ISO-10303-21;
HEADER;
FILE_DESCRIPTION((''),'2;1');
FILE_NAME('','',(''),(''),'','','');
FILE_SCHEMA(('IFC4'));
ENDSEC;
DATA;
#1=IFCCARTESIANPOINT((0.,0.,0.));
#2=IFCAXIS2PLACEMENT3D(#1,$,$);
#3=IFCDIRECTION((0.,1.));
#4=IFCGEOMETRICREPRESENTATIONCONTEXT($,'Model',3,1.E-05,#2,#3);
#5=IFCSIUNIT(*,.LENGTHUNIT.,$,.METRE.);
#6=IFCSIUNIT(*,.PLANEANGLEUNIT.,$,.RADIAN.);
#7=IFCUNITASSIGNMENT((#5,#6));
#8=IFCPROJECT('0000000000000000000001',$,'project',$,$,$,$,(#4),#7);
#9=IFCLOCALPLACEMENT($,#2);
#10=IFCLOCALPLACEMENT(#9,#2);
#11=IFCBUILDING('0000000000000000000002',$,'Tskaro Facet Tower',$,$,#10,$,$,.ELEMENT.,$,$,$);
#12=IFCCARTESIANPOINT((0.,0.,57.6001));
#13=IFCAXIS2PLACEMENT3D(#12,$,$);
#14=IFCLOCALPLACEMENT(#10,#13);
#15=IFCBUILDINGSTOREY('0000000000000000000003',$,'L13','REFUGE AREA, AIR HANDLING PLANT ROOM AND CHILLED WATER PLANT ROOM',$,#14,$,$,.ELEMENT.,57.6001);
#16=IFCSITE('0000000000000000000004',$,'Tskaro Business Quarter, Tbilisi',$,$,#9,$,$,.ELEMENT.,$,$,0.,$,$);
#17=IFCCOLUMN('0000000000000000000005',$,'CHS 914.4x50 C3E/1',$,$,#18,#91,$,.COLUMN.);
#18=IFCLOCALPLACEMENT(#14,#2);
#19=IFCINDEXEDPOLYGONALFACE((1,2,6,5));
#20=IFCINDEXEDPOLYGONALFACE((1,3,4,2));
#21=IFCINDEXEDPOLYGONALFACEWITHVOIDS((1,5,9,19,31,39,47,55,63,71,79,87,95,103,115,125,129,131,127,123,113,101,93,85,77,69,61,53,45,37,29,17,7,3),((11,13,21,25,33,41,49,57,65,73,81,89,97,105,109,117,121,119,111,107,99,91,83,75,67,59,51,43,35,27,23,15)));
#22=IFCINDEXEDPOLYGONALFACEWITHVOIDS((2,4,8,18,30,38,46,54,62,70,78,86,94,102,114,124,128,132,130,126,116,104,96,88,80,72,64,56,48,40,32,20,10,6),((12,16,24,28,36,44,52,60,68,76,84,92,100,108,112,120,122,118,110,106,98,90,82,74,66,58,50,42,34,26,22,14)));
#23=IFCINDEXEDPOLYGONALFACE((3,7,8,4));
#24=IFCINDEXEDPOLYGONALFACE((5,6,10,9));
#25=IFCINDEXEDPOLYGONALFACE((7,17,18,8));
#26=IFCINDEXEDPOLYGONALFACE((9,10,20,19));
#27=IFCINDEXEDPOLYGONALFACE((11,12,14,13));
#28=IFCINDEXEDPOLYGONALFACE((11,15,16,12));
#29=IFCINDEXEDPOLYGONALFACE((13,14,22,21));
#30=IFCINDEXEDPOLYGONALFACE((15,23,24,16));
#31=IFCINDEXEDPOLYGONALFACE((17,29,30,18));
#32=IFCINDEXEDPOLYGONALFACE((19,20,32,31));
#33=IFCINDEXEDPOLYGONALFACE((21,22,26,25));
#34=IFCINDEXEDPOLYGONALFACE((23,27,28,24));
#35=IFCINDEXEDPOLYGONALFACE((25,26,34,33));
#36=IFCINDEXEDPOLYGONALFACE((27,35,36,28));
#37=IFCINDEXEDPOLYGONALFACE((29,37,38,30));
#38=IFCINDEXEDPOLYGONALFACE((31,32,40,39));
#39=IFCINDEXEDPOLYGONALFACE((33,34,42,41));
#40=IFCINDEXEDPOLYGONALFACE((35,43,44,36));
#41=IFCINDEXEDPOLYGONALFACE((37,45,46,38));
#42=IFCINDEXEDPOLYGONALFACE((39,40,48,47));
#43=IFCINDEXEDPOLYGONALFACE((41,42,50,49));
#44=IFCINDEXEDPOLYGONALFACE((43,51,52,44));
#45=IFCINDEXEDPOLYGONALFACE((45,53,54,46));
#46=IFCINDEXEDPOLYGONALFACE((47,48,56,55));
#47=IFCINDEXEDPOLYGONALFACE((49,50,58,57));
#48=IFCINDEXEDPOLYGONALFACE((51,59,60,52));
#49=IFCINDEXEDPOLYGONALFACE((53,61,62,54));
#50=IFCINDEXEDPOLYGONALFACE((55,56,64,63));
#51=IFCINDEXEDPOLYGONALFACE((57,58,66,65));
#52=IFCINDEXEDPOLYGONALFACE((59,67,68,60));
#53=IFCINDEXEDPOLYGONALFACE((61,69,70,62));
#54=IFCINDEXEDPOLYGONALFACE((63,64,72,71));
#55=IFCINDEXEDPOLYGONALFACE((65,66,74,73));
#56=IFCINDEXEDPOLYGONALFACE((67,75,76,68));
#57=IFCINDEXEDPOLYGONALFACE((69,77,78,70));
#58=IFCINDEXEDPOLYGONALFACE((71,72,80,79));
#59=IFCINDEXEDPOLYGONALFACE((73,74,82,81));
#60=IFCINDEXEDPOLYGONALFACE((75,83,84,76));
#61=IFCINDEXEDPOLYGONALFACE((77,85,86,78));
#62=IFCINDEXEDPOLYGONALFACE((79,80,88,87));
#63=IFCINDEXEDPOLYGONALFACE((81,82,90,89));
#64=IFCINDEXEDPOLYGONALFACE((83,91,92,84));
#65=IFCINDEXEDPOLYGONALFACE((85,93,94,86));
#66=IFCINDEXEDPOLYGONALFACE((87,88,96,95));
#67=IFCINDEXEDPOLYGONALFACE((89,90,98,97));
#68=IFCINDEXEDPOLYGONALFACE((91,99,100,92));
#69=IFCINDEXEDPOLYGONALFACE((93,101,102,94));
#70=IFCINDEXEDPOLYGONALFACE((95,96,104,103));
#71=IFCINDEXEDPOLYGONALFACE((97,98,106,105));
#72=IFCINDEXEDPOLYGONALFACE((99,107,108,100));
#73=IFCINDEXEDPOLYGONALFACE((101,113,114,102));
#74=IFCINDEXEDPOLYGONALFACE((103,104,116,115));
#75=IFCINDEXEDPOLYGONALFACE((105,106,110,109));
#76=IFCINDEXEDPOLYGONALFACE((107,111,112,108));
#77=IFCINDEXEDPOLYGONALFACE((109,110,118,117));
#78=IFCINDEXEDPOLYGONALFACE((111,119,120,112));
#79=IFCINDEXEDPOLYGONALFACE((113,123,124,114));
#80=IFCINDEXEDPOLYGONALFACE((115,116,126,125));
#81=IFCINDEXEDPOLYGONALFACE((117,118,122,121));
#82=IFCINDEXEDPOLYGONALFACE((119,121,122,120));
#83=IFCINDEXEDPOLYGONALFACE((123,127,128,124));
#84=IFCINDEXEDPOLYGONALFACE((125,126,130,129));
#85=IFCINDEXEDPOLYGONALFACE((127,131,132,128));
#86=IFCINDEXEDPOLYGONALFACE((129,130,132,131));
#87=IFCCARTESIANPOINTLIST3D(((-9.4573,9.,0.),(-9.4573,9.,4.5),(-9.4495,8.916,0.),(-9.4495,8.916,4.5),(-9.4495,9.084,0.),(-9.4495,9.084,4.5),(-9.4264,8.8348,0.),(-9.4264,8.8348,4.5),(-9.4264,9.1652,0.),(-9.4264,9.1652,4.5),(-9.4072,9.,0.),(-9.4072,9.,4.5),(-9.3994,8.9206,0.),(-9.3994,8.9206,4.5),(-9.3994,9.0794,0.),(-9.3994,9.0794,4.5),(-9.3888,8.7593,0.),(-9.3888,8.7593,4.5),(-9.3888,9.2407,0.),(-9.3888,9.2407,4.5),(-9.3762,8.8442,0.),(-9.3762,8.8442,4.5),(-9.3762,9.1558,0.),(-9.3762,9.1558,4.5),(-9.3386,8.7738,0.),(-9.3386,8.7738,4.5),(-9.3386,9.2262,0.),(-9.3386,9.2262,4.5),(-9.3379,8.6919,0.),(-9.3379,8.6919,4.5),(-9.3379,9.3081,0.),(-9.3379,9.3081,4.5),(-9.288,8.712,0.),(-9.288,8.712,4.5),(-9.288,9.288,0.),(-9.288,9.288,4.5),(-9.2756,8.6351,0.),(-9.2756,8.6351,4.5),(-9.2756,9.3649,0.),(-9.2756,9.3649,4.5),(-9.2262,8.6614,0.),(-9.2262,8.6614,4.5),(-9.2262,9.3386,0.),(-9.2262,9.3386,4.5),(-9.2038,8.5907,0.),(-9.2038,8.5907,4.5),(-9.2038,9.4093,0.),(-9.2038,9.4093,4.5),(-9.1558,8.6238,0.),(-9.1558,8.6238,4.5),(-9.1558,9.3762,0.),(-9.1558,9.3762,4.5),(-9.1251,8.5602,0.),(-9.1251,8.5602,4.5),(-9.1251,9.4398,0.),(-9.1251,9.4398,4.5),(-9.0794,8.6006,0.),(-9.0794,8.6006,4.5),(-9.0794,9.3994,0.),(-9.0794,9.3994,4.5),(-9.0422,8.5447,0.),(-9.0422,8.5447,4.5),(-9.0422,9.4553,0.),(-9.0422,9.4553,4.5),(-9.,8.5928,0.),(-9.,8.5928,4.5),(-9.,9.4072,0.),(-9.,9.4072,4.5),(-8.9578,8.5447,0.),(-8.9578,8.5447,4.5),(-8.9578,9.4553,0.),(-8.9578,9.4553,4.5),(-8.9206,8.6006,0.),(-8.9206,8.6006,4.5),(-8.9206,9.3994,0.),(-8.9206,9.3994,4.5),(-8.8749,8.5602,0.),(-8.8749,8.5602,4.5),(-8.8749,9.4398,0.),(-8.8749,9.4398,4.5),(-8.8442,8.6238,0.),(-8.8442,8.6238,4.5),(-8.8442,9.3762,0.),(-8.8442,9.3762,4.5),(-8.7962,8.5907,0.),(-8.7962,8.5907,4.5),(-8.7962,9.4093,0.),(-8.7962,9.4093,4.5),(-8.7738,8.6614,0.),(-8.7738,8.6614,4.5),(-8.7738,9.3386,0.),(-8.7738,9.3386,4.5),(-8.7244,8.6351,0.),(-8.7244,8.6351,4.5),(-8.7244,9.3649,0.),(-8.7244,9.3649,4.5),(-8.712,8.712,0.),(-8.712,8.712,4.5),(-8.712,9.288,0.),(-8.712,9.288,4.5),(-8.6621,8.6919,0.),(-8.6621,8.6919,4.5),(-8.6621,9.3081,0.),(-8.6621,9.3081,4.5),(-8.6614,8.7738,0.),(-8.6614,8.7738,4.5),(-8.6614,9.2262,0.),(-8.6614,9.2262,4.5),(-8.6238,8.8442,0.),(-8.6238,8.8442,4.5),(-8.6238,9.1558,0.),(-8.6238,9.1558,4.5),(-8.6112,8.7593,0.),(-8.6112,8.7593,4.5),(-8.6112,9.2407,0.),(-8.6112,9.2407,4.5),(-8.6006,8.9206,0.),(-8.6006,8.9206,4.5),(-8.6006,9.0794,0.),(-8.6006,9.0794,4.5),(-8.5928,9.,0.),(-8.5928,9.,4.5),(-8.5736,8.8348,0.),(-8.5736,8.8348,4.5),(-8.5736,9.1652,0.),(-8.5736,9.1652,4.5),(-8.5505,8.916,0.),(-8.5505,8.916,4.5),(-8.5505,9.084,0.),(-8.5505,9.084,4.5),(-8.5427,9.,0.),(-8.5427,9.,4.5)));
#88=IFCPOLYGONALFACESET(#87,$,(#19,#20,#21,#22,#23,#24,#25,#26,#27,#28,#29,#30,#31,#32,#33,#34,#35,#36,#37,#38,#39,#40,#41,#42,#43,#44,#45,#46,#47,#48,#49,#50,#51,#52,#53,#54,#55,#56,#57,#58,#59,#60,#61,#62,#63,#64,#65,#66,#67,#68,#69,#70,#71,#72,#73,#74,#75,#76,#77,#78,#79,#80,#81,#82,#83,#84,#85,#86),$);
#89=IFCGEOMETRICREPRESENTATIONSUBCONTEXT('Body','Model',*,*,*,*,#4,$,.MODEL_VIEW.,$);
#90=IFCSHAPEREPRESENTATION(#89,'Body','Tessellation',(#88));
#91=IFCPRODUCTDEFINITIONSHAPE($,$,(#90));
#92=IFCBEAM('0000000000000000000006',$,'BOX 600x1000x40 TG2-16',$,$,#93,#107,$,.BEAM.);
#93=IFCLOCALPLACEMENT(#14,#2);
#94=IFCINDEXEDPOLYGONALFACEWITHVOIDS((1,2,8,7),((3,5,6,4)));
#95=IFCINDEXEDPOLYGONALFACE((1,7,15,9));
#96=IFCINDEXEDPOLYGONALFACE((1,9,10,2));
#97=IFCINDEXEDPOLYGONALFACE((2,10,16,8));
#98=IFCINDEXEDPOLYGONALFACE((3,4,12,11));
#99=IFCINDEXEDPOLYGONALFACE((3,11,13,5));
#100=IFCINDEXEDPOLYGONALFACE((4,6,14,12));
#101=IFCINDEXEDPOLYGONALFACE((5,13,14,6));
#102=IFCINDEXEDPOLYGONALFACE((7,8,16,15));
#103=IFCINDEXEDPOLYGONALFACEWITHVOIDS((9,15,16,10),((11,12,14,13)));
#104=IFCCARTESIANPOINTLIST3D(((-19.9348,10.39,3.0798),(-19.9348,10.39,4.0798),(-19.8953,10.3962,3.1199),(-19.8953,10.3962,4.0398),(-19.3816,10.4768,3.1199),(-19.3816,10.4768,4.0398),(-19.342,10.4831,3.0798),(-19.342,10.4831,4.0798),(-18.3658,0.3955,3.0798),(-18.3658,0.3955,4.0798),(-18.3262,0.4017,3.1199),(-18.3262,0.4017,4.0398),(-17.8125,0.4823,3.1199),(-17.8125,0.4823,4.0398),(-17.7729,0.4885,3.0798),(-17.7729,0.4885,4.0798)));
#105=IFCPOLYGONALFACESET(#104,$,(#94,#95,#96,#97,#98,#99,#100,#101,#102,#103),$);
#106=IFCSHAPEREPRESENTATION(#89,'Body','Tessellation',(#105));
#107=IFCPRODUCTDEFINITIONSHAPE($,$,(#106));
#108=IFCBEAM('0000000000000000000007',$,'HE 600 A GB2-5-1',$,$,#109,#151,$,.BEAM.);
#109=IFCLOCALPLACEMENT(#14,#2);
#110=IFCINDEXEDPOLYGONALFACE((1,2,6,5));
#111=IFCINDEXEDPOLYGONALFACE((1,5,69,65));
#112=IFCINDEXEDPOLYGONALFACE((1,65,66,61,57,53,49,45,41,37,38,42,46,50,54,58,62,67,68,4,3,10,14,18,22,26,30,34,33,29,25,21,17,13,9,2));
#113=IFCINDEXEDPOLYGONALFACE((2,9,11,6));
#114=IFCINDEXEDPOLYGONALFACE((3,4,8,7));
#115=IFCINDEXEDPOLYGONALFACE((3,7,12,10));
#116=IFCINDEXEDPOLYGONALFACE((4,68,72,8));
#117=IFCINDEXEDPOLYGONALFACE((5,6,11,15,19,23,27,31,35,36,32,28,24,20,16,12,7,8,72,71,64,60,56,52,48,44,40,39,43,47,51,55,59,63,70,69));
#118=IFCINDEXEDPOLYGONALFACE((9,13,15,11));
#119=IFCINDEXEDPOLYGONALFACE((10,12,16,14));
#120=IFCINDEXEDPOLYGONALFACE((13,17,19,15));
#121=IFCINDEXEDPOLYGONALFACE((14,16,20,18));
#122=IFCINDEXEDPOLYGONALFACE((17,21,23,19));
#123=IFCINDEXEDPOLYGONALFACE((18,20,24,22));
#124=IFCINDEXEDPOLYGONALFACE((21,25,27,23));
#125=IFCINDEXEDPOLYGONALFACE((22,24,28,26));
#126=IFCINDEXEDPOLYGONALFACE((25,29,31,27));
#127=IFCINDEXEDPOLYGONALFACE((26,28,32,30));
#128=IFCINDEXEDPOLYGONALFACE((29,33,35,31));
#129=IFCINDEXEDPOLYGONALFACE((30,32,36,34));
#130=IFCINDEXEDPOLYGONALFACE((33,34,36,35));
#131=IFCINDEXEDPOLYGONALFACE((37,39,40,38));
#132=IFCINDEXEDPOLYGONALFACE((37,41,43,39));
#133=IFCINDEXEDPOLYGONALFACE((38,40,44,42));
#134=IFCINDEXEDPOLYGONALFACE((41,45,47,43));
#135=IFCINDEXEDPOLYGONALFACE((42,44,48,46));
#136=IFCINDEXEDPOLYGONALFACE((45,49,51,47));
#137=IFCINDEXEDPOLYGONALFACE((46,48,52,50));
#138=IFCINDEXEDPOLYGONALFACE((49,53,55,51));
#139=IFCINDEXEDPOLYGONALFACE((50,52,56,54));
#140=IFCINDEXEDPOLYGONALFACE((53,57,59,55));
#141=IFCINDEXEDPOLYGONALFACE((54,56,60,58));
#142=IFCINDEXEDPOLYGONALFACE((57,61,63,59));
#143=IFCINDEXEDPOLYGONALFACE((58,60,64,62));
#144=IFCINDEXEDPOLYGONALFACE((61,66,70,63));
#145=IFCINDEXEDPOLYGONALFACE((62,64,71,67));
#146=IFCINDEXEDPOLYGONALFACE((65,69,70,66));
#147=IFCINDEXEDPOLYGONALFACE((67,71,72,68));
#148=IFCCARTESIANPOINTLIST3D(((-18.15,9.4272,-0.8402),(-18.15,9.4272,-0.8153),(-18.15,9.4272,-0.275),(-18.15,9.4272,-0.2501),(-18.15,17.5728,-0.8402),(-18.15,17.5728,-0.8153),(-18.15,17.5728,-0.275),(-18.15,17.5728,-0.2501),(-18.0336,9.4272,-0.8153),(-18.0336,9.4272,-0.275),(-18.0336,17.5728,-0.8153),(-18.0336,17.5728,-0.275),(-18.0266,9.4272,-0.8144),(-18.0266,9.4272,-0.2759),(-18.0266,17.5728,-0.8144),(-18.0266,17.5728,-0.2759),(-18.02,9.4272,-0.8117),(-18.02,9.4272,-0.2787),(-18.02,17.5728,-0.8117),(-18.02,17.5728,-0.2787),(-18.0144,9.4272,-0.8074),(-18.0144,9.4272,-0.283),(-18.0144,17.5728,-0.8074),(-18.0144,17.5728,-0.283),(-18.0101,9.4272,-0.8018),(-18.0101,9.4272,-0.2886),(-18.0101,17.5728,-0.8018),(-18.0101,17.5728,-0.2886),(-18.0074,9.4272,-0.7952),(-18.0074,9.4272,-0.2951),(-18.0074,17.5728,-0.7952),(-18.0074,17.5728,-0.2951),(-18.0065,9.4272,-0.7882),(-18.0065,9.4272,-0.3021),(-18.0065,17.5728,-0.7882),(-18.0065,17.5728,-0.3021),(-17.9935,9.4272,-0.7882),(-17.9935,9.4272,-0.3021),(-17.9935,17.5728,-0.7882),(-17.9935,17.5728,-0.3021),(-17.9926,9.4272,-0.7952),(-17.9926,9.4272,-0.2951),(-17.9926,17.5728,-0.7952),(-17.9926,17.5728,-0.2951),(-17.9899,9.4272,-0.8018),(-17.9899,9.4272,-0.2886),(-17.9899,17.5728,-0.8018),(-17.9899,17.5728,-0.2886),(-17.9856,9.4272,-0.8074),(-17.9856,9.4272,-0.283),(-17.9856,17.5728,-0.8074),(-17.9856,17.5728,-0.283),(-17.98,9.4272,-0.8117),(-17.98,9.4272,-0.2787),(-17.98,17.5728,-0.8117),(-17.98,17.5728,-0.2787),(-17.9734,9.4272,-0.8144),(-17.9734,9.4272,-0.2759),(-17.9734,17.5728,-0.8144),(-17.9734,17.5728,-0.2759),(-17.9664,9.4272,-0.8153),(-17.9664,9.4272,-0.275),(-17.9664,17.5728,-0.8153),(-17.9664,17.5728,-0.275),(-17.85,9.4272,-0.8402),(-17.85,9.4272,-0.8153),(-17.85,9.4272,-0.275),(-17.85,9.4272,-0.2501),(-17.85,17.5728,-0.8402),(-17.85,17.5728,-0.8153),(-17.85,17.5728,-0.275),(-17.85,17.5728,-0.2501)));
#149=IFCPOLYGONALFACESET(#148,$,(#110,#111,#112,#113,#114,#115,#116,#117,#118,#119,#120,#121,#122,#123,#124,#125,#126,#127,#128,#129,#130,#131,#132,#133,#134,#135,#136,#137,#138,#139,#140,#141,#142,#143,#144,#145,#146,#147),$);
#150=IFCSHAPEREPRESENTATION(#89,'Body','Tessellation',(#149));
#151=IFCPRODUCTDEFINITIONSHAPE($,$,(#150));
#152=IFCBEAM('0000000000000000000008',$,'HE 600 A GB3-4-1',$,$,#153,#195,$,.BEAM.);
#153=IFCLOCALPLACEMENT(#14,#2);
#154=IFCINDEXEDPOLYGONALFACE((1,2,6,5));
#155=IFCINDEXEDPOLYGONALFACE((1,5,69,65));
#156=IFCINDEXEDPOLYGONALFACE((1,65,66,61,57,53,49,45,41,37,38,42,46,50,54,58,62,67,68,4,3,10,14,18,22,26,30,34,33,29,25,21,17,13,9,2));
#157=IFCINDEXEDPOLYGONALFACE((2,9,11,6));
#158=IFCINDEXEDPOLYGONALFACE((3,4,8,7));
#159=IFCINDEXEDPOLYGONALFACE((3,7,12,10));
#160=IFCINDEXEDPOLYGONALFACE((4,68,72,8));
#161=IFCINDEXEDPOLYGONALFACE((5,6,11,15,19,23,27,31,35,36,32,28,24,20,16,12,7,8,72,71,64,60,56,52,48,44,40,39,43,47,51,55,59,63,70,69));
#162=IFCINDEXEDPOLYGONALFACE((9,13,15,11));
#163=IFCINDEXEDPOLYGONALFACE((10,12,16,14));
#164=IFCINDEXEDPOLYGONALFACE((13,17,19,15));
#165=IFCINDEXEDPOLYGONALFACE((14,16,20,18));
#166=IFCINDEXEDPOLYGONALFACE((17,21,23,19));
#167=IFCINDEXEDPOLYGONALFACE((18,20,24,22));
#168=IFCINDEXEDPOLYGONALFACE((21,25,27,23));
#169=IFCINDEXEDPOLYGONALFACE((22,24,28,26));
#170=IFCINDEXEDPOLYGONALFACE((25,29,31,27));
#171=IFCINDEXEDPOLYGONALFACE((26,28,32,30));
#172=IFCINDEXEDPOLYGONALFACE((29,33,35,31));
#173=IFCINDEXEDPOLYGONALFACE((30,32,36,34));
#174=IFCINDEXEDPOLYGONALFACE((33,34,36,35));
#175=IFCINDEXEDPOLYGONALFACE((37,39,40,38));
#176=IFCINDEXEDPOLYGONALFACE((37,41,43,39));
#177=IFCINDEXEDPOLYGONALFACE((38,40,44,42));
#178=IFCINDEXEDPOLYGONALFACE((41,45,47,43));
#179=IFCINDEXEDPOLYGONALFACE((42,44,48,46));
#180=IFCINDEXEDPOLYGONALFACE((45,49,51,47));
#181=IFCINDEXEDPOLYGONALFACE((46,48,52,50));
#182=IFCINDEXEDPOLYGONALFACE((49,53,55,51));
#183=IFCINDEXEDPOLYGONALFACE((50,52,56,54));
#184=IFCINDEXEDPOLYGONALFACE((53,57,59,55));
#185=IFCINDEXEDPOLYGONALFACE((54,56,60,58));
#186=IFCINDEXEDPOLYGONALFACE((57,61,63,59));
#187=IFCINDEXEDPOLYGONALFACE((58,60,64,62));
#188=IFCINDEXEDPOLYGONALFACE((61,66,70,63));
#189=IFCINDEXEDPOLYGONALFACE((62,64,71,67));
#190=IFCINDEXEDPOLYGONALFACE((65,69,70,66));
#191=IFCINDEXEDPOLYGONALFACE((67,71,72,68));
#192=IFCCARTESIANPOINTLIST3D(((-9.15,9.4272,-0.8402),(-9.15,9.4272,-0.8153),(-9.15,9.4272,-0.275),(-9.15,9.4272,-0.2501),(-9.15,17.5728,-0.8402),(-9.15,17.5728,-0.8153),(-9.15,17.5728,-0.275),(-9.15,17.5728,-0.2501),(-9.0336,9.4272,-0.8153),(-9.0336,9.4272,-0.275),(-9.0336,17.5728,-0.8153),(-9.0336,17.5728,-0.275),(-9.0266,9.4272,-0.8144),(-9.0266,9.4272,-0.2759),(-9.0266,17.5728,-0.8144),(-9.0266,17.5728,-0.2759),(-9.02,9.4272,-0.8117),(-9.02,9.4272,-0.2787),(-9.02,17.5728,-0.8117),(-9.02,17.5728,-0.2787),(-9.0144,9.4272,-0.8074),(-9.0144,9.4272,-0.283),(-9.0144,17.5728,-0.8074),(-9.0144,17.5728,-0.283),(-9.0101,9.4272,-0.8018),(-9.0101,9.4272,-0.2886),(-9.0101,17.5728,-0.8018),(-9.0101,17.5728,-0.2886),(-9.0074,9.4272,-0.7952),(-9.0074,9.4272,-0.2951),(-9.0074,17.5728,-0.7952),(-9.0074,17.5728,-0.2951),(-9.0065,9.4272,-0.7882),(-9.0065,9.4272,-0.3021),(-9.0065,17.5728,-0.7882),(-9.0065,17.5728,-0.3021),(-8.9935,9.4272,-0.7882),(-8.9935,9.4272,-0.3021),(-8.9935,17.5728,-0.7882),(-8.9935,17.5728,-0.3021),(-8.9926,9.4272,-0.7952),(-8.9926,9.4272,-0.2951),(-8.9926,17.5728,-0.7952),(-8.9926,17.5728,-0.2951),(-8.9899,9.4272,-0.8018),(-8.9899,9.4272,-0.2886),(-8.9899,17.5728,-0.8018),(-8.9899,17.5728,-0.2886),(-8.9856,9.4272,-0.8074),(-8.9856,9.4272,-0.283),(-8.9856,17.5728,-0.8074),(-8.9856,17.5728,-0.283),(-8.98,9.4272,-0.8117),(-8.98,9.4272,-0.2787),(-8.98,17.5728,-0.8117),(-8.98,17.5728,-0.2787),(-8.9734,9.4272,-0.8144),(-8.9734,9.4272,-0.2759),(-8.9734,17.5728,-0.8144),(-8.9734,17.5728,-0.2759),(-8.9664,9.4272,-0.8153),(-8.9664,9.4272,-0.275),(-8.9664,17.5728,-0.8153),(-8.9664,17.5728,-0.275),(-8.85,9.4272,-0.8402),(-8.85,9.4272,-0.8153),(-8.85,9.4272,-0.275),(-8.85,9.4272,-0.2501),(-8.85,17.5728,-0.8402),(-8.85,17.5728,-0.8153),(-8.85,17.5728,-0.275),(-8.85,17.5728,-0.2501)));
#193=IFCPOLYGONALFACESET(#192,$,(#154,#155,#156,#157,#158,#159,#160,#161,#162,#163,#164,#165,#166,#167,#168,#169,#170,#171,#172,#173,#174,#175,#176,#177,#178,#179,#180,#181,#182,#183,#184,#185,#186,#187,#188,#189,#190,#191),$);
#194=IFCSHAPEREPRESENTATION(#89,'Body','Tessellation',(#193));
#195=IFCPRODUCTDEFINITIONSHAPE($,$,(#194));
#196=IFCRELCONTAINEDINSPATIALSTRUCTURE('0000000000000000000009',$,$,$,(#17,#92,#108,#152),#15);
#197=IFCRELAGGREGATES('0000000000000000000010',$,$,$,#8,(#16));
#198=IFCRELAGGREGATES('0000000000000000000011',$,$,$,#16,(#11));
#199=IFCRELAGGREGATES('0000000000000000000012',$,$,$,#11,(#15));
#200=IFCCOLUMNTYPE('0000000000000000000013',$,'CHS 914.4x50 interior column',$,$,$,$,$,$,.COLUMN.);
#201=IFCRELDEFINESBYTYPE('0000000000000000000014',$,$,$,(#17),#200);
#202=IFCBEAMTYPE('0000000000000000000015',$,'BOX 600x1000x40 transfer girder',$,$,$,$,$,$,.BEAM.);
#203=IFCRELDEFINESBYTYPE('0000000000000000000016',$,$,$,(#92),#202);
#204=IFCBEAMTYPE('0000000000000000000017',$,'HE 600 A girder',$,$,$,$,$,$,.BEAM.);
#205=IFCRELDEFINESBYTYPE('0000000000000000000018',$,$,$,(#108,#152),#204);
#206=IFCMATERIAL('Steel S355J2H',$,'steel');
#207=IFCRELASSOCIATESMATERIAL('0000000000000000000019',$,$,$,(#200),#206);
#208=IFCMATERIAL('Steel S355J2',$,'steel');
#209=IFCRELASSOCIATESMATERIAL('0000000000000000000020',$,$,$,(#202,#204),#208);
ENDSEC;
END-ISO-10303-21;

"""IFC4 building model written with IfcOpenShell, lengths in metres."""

from ifc_helpers import new_model, si_unit, direction, frame, origin, origin_2d, place, context, subcontext, project, spatial, hollow_rectangle, hollow_circle, i_section, extrude, material, material_profile, profile_set, type_object, element, save


model = new_model("IFC4")

# Units and contexts
model_context = context("Model", 3, precision=1e-05, world=origin(), true_north=direction((0.0, 1.0)))
body_context = subcontext(model_context, "Body", "Model", "MODEL_VIEW")
ifc_project = project(units=[si_unit("LENGTHUNIT", "METRE"), si_unit("PLANEANGLEUNIT", "RADIAN")], contexts=[model_context])

# Site, building, storey
site_placement = place(None, origin())
site = spatial("IfcSite", under=ifc_project, at=site_placement, Name="Tskaro Business Quarter, Tbilisi", CompositionType="ELEMENT", RefElevation=0.0)
building_placement = place(site_placement, origin())
building = spatial("IfcBuilding", under=site, at=building_placement, Name="Tskaro Facet Tower", CompositionType="ELEMENT")
storey_placement = place(building_placement, frame((0.0, 0.0, 57.6001)))
storey = spatial("IfcBuildingStorey", under=building, at=storey_placement, Name="L13", Description="REFUGE AREA, AIR HANDLING PLANT ROOM AND CHILLED WATER PLANT ROOM", CompositionType="ELEMENT", Elevation=57.6001)

# Column
ifc_material_1 = material(Name="Steel S355J2H", Category="steel")
ifc_material_profile_1 = material_profile(ifc_material_1, hollow_circle(Radius=0.4573, WallThickness=0.05, at=origin_2d()), Name="CHS 914.4x50")
ifc_profile_set_1 = profile_set([ifc_material_profile_1], Name="Steel S355J2H")
column_type = type_object("IfcColumnType", Name="CHS 914.4x50 interior column", PredefinedType="COLUMN", material=ifc_profile_set_1)
column_1_placement = place(storey_placement, frame((-9.0, 9.0, 0.0), z_axis=(0.0, 0.0, 1.0), x_axis=(1.0, 0.0, 0.0)))
element("IfcColumn", 1, at=column_1_placement, inside=storey, type_object=column_type, Name="CHS 914.4x50 C3E/1", PredefinedType="COLUMN", context=body_context, shape_type="SweptSolid", body=[
    extrude(hollow_circle(Radius=0.4573, WallThickness=0.05, at=origin_2d()), origin(), (0.0, 0.0, 1.0), 4.5),
])

# Beams
ifc_material_2 = material(Name="Steel S355J2", Category="steel")
ifc_material_profile_2 = material_profile(ifc_material_2, hollow_rectangle(XDim=0.6001, YDim=1.0, WallThickness=0.04, at=origin_2d()), Name="BOX 600x1000x40")
ifc_profile_set_2 = profile_set([ifc_material_profile_2], Name="Steel S355J2")
beam_type_1 = type_object("IfcBeamType", Name="BOX 600x1000x40 transfer girder", PredefinedType="BEAM", material=ifc_profile_set_2)
beam_placement = place(storey_placement, frame((-19.6384, 10.4365, 3.5798), z_axis=(0.155094, -0.9879, 0.0), x_axis=(0.9879, 0.155094, 0.0)))
element("IfcBeam", 2, at=beam_placement, inside=storey, type_object=beam_type_1, Name="BOX 600x1000x40 TG2-16", PredefinedType="BEAM", context=body_context, shape_type="SweptSolid", body=[
    extrude(hollow_rectangle(XDim=0.6001, YDim=1.0, WallThickness=0.04, at=origin_2d()), origin(), (0.0, 0.0, 1.0), 10.1169),
])
ifc_material_profile_3 = material_profile(ifc_material_2, i_section(OverallWidth=0.3, OverallDepth=0.5901, WebThickness=0.0129, FlangeThickness=0.0249, FilletRadius=0.0271, at=origin_2d()), Name="HE 600 A")
ifc_profile_set_3 = profile_set([ifc_material_profile_3], Name="Steel S355J2")
beam_type_2 = type_object("IfcBeamType", Name="HE 600 A girder", PredefinedType="BEAM", material=ifc_profile_set_3)
for number, where, z_axis, x_axis, name in (
    (3, (-18.0, 9.4272, -0.5452), (0.0, 1.0, 0.0), (-1.0, 0.0, 0.0), "HE 600 A GB2-5-1"),
    (4, (-9.0, 9.4272, -0.5452), (0.0, 1.0, 0.0), (-1.0, 0.0, 0.0), "HE 600 A GB3-4-1"),
):
    element("IfcBeam", number, at=place(storey_placement, frame(where, z_axis=z_axis, x_axis=x_axis)), inside=storey, type_object=beam_type_2, Name=name, PredefinedType="BEAM", context=body_context, shape_type="SweptSolid", body=[
        extrude(i_section(OverallWidth=0.3, OverallDepth=0.5901, WebThickness=0.0129, FlangeThickness=0.0249, FilletRadius=0.0271, at=origin_2d()), origin(), (0.0, 0.0, 1.0), 8.1455),
    ])

save(model, "model.ifc")
